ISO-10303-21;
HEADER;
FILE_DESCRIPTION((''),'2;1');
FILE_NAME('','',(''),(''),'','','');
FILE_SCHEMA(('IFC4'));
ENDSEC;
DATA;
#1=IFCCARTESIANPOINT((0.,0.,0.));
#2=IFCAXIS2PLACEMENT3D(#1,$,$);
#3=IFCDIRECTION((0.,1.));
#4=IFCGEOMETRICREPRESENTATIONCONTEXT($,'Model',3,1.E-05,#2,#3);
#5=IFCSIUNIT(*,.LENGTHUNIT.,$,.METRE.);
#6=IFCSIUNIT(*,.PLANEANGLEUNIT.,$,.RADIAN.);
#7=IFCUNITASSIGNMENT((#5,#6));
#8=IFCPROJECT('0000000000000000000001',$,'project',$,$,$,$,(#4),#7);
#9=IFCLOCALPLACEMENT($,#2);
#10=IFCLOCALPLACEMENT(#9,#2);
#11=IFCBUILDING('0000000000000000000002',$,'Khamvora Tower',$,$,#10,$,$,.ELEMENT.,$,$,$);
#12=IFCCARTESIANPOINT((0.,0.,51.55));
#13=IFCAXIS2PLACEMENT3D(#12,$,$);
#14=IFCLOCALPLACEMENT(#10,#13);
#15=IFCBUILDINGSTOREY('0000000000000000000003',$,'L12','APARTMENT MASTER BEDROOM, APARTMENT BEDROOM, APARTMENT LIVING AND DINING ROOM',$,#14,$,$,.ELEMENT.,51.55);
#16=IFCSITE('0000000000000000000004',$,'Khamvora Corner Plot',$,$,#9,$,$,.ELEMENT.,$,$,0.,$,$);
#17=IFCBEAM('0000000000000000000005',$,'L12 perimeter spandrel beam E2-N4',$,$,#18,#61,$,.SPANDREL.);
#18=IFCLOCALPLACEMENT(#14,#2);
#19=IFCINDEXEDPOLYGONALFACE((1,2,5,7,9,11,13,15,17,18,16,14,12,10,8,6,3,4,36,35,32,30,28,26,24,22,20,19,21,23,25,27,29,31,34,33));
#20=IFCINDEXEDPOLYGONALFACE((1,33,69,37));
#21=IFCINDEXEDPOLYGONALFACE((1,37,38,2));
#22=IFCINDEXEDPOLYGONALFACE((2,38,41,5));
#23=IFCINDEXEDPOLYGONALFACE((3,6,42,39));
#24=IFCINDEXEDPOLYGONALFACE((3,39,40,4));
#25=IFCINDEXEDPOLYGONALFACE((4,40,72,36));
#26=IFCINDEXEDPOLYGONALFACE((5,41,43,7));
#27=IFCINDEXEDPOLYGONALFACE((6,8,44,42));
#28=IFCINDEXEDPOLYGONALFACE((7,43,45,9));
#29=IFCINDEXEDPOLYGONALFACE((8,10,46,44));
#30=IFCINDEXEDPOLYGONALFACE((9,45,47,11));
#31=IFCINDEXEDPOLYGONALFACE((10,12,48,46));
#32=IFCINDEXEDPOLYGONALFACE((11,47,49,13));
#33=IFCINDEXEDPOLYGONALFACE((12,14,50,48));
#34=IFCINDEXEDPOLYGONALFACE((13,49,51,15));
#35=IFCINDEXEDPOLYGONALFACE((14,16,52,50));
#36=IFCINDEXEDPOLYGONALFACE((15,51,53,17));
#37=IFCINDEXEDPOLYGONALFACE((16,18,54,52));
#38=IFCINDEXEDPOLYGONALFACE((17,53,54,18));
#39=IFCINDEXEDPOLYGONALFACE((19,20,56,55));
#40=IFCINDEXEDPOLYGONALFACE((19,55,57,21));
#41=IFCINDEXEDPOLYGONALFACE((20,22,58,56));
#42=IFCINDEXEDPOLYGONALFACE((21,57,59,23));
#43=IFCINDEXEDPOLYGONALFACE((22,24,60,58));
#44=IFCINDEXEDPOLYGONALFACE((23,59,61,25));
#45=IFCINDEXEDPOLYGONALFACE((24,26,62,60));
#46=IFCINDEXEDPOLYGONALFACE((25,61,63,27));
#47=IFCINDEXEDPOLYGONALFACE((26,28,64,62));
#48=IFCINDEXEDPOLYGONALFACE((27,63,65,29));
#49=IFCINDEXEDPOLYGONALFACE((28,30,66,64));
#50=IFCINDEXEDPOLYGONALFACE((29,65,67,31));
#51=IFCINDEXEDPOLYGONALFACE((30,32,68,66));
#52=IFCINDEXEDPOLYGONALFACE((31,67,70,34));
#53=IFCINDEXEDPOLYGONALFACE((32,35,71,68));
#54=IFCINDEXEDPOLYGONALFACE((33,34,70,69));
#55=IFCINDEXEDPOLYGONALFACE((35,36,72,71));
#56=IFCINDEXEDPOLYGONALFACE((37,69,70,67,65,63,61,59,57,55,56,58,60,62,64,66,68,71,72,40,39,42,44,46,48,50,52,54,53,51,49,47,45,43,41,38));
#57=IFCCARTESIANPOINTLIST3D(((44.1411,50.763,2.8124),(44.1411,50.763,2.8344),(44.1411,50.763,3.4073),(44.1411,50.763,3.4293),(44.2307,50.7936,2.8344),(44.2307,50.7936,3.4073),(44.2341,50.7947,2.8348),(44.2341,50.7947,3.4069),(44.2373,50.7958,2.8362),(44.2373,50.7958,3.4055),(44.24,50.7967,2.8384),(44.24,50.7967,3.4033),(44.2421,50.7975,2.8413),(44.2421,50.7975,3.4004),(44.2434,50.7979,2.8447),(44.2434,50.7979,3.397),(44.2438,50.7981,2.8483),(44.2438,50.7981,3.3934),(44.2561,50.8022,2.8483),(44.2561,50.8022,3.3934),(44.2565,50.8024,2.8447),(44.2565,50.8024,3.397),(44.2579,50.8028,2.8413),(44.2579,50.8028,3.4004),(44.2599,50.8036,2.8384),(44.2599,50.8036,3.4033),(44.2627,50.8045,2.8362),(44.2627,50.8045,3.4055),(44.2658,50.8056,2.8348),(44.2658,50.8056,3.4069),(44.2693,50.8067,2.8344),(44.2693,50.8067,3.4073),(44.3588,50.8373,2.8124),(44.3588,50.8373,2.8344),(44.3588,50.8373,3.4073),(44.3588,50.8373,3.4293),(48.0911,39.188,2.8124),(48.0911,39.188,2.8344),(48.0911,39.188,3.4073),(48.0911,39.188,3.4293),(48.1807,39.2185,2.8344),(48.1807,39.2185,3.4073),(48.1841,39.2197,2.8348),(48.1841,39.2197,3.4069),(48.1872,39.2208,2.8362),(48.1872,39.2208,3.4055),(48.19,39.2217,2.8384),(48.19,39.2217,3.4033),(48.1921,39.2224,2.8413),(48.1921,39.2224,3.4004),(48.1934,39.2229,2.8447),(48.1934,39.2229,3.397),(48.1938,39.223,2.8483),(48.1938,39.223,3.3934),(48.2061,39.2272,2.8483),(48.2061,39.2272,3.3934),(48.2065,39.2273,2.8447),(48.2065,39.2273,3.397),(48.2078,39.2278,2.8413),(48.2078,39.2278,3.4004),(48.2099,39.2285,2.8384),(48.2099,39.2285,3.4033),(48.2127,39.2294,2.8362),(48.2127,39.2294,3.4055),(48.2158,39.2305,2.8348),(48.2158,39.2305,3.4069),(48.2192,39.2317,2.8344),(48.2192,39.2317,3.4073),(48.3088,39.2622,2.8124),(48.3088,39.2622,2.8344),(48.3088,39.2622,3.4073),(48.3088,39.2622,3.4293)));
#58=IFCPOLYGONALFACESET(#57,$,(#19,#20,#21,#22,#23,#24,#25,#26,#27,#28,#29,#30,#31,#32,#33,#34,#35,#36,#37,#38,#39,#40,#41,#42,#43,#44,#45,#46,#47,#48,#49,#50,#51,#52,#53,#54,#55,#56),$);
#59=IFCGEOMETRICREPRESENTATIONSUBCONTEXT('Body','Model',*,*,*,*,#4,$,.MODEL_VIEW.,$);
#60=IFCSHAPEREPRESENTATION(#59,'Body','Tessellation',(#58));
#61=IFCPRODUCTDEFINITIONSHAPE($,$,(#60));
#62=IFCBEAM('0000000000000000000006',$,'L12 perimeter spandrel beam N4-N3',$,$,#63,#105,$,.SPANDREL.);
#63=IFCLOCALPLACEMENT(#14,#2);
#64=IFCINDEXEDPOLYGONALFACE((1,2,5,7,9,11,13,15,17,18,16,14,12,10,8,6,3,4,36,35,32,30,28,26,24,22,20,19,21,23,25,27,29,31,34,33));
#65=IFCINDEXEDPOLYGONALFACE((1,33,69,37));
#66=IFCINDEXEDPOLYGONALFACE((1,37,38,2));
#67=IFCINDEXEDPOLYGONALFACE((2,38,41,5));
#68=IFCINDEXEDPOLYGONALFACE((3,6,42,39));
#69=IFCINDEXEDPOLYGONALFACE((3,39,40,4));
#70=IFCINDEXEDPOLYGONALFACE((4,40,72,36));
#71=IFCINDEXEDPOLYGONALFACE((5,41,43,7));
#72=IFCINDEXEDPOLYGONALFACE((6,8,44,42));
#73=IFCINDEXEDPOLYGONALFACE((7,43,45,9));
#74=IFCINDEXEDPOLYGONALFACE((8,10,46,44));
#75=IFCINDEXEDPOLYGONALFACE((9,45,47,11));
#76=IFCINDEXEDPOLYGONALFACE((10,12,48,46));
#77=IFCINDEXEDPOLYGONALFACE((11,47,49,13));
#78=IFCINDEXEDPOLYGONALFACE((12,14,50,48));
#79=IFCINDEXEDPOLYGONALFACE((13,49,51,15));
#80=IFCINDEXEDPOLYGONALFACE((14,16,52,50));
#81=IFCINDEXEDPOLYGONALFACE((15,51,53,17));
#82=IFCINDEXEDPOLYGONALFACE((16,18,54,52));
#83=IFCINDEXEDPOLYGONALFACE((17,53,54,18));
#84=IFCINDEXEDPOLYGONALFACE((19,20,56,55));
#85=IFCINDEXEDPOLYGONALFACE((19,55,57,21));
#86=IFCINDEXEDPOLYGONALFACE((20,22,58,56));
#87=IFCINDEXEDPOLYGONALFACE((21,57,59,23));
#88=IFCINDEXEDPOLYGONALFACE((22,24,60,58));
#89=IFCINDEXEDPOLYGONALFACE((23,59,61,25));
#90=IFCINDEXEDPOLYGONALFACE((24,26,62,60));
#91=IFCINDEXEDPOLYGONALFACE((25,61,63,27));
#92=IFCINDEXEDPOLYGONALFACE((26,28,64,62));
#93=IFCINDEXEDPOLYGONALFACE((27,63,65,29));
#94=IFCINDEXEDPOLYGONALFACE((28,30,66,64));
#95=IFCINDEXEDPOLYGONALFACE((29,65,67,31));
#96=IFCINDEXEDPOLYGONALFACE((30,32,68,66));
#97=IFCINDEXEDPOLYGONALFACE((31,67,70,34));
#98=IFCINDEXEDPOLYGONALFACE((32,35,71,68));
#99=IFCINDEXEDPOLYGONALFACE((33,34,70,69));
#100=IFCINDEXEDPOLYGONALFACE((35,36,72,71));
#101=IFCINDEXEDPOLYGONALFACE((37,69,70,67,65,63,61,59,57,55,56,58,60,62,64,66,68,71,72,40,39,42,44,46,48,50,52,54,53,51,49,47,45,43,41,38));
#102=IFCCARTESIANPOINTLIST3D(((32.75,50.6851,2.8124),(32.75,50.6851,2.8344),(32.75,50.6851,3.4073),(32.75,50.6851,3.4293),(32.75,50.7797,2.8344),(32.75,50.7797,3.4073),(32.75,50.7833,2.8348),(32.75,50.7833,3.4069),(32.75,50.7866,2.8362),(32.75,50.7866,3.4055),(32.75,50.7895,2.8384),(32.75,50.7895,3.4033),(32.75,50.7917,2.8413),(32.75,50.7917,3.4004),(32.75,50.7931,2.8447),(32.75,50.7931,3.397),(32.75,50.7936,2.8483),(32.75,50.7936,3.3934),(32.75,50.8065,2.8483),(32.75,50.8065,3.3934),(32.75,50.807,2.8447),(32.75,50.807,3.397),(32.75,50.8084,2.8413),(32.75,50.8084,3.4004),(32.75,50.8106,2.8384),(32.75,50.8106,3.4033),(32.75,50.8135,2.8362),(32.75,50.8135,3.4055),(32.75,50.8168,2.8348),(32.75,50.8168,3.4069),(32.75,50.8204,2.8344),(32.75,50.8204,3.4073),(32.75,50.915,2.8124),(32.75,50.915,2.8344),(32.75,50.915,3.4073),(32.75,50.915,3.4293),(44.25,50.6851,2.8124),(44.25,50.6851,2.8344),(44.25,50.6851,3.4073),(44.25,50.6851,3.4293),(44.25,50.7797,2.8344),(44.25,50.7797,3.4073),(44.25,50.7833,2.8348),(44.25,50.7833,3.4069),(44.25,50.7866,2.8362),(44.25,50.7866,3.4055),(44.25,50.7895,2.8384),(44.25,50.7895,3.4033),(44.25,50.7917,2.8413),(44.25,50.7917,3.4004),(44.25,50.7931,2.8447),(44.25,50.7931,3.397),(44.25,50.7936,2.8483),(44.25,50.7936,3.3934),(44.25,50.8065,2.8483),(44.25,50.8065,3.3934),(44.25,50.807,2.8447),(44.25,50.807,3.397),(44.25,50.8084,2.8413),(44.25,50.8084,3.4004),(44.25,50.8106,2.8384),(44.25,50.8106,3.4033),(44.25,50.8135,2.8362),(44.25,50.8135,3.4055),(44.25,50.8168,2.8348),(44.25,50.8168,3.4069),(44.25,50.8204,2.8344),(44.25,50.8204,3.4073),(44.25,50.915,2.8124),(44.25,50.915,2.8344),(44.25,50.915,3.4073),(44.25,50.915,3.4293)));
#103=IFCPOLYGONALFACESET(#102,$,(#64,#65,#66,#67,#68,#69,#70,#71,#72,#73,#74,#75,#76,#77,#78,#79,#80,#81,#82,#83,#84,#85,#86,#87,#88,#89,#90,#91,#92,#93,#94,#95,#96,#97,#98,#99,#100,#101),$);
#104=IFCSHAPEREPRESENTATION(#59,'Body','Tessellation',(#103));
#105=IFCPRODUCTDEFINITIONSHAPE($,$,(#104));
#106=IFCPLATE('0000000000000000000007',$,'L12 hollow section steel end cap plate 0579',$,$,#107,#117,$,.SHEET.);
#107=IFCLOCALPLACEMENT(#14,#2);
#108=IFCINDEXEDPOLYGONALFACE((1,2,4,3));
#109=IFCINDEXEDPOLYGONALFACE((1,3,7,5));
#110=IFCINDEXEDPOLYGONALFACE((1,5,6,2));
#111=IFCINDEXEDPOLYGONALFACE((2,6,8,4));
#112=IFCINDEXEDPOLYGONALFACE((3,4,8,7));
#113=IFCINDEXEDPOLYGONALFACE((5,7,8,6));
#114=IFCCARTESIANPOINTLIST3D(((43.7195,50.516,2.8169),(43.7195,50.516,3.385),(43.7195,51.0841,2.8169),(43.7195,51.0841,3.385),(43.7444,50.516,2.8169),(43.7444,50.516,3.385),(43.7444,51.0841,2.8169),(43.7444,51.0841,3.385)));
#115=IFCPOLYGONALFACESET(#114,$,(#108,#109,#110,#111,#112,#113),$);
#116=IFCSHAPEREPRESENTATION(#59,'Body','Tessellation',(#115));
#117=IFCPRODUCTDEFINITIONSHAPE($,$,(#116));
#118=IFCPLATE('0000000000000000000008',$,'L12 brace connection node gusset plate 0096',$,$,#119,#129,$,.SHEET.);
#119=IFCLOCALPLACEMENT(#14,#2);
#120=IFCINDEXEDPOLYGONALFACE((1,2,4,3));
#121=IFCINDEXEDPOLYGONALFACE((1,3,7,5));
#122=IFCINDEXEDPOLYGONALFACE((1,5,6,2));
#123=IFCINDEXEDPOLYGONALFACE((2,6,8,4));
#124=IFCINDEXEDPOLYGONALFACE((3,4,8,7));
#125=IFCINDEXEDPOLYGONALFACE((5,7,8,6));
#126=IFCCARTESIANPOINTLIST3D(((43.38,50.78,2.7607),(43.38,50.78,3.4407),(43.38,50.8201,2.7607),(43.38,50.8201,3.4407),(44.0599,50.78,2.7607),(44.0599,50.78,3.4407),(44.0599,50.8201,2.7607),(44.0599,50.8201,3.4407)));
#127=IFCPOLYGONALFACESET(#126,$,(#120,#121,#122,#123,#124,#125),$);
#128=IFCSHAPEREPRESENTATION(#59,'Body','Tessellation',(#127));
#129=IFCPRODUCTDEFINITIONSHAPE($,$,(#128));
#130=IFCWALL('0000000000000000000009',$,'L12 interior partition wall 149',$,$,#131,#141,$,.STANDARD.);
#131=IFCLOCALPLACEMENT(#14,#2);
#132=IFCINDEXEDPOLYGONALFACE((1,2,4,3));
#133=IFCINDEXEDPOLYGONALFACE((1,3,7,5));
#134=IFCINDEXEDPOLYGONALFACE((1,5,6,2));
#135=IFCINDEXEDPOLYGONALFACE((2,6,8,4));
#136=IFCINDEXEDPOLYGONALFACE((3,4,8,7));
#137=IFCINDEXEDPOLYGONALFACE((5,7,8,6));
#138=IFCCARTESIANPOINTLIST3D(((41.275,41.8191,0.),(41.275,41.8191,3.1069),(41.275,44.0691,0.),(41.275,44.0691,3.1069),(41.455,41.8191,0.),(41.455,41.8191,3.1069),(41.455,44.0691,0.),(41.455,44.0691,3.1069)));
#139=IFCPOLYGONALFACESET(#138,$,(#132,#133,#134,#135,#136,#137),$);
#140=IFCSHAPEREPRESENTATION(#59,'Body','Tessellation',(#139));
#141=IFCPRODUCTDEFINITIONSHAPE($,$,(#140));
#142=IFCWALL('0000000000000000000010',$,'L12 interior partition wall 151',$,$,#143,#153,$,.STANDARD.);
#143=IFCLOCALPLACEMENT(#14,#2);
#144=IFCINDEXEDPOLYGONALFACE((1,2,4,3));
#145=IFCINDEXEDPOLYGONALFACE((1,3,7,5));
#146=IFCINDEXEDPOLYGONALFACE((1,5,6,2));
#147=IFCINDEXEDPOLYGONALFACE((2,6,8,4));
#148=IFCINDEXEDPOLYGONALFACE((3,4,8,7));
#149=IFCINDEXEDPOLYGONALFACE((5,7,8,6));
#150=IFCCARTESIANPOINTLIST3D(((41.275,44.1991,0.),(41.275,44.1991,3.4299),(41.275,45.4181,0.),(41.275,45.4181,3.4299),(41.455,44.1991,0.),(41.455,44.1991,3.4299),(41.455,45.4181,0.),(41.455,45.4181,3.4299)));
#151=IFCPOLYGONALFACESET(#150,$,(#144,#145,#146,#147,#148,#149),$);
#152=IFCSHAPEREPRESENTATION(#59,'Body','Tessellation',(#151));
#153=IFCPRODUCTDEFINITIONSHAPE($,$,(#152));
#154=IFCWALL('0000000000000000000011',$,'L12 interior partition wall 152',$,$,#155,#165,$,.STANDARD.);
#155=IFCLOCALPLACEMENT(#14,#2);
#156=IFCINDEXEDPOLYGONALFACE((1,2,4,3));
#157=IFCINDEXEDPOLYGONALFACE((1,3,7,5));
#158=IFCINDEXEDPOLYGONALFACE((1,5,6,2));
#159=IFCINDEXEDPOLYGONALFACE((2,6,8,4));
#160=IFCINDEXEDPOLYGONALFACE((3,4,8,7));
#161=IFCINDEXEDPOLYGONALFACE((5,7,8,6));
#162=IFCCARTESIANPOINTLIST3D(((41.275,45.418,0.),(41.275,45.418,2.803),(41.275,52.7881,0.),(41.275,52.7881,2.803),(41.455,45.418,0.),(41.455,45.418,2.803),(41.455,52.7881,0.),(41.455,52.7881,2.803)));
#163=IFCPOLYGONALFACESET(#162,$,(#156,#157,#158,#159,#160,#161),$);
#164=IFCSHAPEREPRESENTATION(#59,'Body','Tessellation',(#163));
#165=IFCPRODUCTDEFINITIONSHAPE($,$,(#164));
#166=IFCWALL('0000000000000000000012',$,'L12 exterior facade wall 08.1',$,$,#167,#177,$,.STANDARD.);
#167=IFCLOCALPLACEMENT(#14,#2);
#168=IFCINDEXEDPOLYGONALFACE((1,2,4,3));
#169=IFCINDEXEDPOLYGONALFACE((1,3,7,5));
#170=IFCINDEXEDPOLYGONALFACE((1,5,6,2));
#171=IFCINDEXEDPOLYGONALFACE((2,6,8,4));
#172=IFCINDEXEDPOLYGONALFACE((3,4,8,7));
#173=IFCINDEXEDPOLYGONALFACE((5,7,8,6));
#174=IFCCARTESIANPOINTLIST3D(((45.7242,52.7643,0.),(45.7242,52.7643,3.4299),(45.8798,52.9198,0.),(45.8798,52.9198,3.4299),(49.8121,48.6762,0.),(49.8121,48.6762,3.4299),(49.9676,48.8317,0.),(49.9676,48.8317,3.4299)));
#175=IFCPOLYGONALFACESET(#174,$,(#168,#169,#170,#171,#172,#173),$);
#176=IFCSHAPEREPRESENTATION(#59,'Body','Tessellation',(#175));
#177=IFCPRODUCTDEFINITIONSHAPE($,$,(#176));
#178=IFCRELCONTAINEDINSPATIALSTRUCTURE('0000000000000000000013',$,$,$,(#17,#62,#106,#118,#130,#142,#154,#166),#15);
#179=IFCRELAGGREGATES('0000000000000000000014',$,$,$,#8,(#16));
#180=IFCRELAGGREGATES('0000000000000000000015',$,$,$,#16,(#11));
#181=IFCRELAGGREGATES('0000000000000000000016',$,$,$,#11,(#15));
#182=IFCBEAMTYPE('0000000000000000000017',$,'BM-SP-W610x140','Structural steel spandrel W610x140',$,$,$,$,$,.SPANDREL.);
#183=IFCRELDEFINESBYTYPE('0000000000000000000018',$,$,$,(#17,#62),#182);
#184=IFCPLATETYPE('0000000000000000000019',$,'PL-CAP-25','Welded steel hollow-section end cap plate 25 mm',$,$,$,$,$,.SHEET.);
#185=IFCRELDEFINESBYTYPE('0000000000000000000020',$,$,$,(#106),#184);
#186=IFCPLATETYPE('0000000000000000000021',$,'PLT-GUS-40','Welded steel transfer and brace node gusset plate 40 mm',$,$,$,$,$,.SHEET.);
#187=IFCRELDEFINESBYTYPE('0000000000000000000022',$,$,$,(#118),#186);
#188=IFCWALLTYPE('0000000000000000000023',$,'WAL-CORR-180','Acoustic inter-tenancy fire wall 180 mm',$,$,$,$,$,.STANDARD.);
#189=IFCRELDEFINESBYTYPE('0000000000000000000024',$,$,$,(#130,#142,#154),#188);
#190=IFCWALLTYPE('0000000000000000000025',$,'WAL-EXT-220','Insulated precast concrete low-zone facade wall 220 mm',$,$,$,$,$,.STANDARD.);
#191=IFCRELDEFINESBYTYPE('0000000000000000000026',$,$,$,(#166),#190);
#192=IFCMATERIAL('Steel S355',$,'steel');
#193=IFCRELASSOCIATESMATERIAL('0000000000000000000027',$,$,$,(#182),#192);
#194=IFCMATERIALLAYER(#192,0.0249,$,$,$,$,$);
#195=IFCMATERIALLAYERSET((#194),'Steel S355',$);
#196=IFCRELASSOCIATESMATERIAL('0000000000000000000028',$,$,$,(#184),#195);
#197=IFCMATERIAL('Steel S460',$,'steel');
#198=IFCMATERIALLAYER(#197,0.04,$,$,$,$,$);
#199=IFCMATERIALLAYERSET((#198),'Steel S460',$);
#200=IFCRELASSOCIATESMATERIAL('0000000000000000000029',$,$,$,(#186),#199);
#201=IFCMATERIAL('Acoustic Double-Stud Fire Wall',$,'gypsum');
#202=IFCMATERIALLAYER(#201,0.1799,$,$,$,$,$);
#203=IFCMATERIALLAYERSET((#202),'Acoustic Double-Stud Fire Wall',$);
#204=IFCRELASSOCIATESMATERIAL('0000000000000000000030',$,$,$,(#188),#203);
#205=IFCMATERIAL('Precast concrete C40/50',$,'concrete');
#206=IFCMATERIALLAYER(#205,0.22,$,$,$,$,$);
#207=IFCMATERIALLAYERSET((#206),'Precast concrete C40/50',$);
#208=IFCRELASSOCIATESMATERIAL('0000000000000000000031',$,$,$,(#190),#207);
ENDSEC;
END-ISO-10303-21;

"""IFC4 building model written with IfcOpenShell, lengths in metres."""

from ifc_helpers import new_model, si_unit, direction, frame, frame_2d, origin, origin_2d, place, context, subcontext, project, spatial, rectangle, i_section, extrude, material, layer, layer_set, material_profile, profile_set, type_object, element, save


model = new_model("IFC4")

# Units and contexts
model_context = context("Model", 3, precision=1e-05, world=origin(), true_north=direction((0.0, 1.0)))
body_context = subcontext(model_context, "Body", "Model", "MODEL_VIEW")
ifc_project = project(units=[si_unit("LENGTHUNIT", "METRE"), si_unit("PLANEANGLEUNIT", "RADIAN")], contexts=[model_context])

# Site, building, storey
site_placement = place(None, origin())
site = spatial("IfcSite", under=ifc_project, at=site_placement, Name="Khamvora Corner Plot", CompositionType="ELEMENT", RefElevation=0.0)
building_placement = place(site_placement, origin())
building = spatial("IfcBuilding", under=site, at=building_placement, Name="Khamvora Tower", CompositionType="ELEMENT")
storey_placement = place(building_placement, frame((0.0, 0.0, 51.55)))
storey = spatial("IfcBuildingStorey", under=building, at=storey_placement, Name="L12", Description="APARTMENT MASTER BEDROOM, APARTMENT BEDROOM, APARTMENT LIVING AND DINING ROOM", CompositionType="ELEMENT", Elevation=51.55)

# Shared definitions
ifc_material_1 = material(Name="Steel S460", Category="steel")

# Beams
ifc_material_2 = material(Name="Steel S355", Category="steel")
ifc_material_profile_1 = material_profile(ifc_material_2, i_section(OverallWidth=0.23, OverallDepth=0.6169, WebThickness=0.0129, FlangeThickness=0.022, FilletRadius=0.0139, at=origin_2d()), Name="W610x140")
ifc_profile_set_1 = profile_set([ifc_material_profile_1], Name="Steel S355")
beam_type_1 = type_object("IfcBeamType", Name="BM-SP-W610x140", Description="Structural steel spandrel W610x140", PredefinedType="SPANDREL", material=ifc_profile_set_1)
beam_1_placement = place(storey_placement, frame((48.2, 39.2251, 3.1208), z_axis=(-0.322963, 0.946412, 0.0), x_axis=(-0.946412, -0.322963, 0.0)))
element("IfcBeam", 1, at=beam_1_placement, inside=storey, type_object=beam_type_1, Name="L12 perimeter spandrel beam E2-N4", PredefinedType="SPANDREL", context=body_context, shape_type="SweptSolid", body=[
    extrude(i_section(OverallWidth=0.23, OverallDepth=0.6169, WebThickness=0.0129, FlangeThickness=0.022, FilletRadius=0.0139, at=origin_2d()), origin(), (0.0, 0.0, 1.0), 12.2305),
])
beam_2_placement = place(storey_placement, frame((44.25, 50.8, 3.1208), z_axis=(-1.0, 0.0, 0.0), x_axis=(0.0, -1.0, 0.0)))
element("IfcBeam", 2, at=beam_2_placement, inside=storey, type_object=beam_type_1, Name="L12 perimeter spandrel beam N4-N3", PredefinedType="SPANDREL", context=body_context, shape_type="SweptSolid", body=[
    extrude(i_section(OverallWidth=0.23, OverallDepth=0.6169, WebThickness=0.0129, FlangeThickness=0.022, FilletRadius=0.0139, at=origin_2d()), origin(), (0.0, 0.0, 1.0), 11.5),
])

# Plates
ifc_layer_1 = layer(ifc_material_2, 0.0249)
ifc_layer_set_1 = layer_set([ifc_layer_1], Name="Steel S355")
plate_type_1 = type_object("IfcPlateType", Name="PL-CAP-25", Description="Welded steel hollow-section end cap plate 25 mm", PredefinedType="SHEET", material=ifc_layer_set_1)
plate_1_placement = place(storey_placement, frame((43.7319, 50.8, 2.8169), z_axis=(0.0, 0.0, 1.0), x_axis=(1.0, 0.0, 0.0)))
element("IfcPlate", 3, at=plate_1_placement, inside=storey, type_object=plate_type_1, Name="L12 hollow section steel end cap plate 0579", PredefinedType="SHEET", context=body_context, shape_type="SweptSolid", body=[
    extrude(rectangle(XDim=0.0249, YDim=0.5681, at=origin_2d()), origin(), (0.0, 0.0, 1.0), 0.5681),
])
ifc_layer_2 = layer(ifc_material_1, 0.04)
ifc_layer_set_2 = layer_set([ifc_layer_2], Name="Steel S460")
plate_type_2 = type_object("IfcPlateType", Name="PLT-GUS-40", Description="Welded steel transfer and brace node gusset plate 40 mm", PredefinedType="SHEET", material=ifc_layer_set_2)
plate_2_placement = place(storey_placement, frame((43.72, 50.8, 2.7607), z_axis=(0.0, 0.0, 1.0), x_axis=(1.0, 0.0, 0.0)))
element("IfcPlate", 4, at=plate_2_placement, inside=storey, type_object=plate_type_2, Name="L12 brace connection node gusset plate 0096", PredefinedType="SHEET", context=body_context, shape_type="SweptSolid", body=[
    extrude(rectangle(XDim=0.6799, YDim=0.04, at=origin_2d()), origin(), (0.0, 0.0, 1.0), 0.6799),
])

# Walls
ifc_material_3 = material(Name="Acoustic Double-Stud Fire Wall", Category="gypsum")
ifc_layer_3 = layer(ifc_material_3, 0.1799)
ifc_layer_set_3 = layer_set([ifc_layer_3], Name="Acoustic Double-Stud Fire Wall")
wall_type_1 = type_object("IfcWallType", Name="WAL-CORR-180", Description="Acoustic inter-tenancy fire wall 180 mm", PredefinedType="STANDARD", material=ifc_layer_set_3)
wall_1_placement = place(storey_placement, frame((41.365, 44.0691, 0.0), z_axis=(0.0, 0.0, 1.0), x_axis=(0.0, -1.0, 0.0)))
element("IfcWall", 5, at=wall_1_placement, inside=storey, type_object=wall_type_1, Name="L12 interior partition wall 149", PredefinedType="STANDARD", context=body_context, shape_type="SweptSolid", body=[
    extrude(rectangle(XDim=2.25, YDim=0.1799, at=frame_2d((1.125, 0.0))), origin(), (0.0, 0.0, 1.0), 3.1069),
])
wall_2_placement = place(storey_placement, frame((41.365, 45.418, 0.0), z_axis=(0.0, 0.0, 1.0), x_axis=(0.0, -1.0, 0.0)))
element("IfcWall", 6, at=wall_2_placement, inside=storey, type_object=wall_type_1, Name="L12 interior partition wall 151", PredefinedType="STANDARD", context=body_context, shape_type="SweptSolid", body=[
    extrude(rectangle(XDim=1.219, YDim=0.1799, at=frame_2d((0.6094, 0.0))), origin(), (0.0, 0.0, 1.0), 3.4299),
])
wall_3_placement = place(storey_placement, frame((41.365, 52.7881, 0.0), z_axis=(0.0, 0.0, 1.0), x_axis=(0.0, -1.0, 0.0)))
element("IfcWall", 7, at=wall_3_placement, inside=storey, type_object=wall_type_1, Name="L12 interior partition wall 152", PredefinedType="STANDARD", context=body_context, shape_type="SweptSolid", body=[
    extrude(rectangle(XDim=7.3701, YDim=0.1799, at=frame_2d((3.6851, 0.0))), origin(), (0.0, 0.0, 1.0), 2.803),
])
ifc_material_4 = material(Name="Precast concrete C40/50", Category="concrete")
ifc_layer_4 = layer(ifc_material_4, 0.22)
ifc_layer_set_4 = layer_set([ifc_layer_4], Name="Precast concrete C40/50")
wall_type_2 = type_object("IfcWallType", Name="WAL-EXT-220", Description="Insulated precast concrete low-zone facade wall 220 mm", PredefinedType="STANDARD", material=ifc_layer_set_4)
wall_4_placement = place(storey_placement, frame((45.802, 52.842, 0.0), z_axis=(0.0, 0.0, 1.0), x_axis=(0.707086, -0.707128, 0.0)))
element("IfcWall", 8, at=wall_4_placement, inside=storey, type_object=wall_type_2, Name="L12 exterior facade wall 08.1", PredefinedType="STANDARD", context=body_context, shape_type="SweptSolid", body=[
    extrude(rectangle(XDim=5.7812, YDim=0.22, at=frame_2d((2.8906, 0.0))), origin(), (0.0, 0.0, 1.0), 3.4299),
])

save(model, "model.ifc")
